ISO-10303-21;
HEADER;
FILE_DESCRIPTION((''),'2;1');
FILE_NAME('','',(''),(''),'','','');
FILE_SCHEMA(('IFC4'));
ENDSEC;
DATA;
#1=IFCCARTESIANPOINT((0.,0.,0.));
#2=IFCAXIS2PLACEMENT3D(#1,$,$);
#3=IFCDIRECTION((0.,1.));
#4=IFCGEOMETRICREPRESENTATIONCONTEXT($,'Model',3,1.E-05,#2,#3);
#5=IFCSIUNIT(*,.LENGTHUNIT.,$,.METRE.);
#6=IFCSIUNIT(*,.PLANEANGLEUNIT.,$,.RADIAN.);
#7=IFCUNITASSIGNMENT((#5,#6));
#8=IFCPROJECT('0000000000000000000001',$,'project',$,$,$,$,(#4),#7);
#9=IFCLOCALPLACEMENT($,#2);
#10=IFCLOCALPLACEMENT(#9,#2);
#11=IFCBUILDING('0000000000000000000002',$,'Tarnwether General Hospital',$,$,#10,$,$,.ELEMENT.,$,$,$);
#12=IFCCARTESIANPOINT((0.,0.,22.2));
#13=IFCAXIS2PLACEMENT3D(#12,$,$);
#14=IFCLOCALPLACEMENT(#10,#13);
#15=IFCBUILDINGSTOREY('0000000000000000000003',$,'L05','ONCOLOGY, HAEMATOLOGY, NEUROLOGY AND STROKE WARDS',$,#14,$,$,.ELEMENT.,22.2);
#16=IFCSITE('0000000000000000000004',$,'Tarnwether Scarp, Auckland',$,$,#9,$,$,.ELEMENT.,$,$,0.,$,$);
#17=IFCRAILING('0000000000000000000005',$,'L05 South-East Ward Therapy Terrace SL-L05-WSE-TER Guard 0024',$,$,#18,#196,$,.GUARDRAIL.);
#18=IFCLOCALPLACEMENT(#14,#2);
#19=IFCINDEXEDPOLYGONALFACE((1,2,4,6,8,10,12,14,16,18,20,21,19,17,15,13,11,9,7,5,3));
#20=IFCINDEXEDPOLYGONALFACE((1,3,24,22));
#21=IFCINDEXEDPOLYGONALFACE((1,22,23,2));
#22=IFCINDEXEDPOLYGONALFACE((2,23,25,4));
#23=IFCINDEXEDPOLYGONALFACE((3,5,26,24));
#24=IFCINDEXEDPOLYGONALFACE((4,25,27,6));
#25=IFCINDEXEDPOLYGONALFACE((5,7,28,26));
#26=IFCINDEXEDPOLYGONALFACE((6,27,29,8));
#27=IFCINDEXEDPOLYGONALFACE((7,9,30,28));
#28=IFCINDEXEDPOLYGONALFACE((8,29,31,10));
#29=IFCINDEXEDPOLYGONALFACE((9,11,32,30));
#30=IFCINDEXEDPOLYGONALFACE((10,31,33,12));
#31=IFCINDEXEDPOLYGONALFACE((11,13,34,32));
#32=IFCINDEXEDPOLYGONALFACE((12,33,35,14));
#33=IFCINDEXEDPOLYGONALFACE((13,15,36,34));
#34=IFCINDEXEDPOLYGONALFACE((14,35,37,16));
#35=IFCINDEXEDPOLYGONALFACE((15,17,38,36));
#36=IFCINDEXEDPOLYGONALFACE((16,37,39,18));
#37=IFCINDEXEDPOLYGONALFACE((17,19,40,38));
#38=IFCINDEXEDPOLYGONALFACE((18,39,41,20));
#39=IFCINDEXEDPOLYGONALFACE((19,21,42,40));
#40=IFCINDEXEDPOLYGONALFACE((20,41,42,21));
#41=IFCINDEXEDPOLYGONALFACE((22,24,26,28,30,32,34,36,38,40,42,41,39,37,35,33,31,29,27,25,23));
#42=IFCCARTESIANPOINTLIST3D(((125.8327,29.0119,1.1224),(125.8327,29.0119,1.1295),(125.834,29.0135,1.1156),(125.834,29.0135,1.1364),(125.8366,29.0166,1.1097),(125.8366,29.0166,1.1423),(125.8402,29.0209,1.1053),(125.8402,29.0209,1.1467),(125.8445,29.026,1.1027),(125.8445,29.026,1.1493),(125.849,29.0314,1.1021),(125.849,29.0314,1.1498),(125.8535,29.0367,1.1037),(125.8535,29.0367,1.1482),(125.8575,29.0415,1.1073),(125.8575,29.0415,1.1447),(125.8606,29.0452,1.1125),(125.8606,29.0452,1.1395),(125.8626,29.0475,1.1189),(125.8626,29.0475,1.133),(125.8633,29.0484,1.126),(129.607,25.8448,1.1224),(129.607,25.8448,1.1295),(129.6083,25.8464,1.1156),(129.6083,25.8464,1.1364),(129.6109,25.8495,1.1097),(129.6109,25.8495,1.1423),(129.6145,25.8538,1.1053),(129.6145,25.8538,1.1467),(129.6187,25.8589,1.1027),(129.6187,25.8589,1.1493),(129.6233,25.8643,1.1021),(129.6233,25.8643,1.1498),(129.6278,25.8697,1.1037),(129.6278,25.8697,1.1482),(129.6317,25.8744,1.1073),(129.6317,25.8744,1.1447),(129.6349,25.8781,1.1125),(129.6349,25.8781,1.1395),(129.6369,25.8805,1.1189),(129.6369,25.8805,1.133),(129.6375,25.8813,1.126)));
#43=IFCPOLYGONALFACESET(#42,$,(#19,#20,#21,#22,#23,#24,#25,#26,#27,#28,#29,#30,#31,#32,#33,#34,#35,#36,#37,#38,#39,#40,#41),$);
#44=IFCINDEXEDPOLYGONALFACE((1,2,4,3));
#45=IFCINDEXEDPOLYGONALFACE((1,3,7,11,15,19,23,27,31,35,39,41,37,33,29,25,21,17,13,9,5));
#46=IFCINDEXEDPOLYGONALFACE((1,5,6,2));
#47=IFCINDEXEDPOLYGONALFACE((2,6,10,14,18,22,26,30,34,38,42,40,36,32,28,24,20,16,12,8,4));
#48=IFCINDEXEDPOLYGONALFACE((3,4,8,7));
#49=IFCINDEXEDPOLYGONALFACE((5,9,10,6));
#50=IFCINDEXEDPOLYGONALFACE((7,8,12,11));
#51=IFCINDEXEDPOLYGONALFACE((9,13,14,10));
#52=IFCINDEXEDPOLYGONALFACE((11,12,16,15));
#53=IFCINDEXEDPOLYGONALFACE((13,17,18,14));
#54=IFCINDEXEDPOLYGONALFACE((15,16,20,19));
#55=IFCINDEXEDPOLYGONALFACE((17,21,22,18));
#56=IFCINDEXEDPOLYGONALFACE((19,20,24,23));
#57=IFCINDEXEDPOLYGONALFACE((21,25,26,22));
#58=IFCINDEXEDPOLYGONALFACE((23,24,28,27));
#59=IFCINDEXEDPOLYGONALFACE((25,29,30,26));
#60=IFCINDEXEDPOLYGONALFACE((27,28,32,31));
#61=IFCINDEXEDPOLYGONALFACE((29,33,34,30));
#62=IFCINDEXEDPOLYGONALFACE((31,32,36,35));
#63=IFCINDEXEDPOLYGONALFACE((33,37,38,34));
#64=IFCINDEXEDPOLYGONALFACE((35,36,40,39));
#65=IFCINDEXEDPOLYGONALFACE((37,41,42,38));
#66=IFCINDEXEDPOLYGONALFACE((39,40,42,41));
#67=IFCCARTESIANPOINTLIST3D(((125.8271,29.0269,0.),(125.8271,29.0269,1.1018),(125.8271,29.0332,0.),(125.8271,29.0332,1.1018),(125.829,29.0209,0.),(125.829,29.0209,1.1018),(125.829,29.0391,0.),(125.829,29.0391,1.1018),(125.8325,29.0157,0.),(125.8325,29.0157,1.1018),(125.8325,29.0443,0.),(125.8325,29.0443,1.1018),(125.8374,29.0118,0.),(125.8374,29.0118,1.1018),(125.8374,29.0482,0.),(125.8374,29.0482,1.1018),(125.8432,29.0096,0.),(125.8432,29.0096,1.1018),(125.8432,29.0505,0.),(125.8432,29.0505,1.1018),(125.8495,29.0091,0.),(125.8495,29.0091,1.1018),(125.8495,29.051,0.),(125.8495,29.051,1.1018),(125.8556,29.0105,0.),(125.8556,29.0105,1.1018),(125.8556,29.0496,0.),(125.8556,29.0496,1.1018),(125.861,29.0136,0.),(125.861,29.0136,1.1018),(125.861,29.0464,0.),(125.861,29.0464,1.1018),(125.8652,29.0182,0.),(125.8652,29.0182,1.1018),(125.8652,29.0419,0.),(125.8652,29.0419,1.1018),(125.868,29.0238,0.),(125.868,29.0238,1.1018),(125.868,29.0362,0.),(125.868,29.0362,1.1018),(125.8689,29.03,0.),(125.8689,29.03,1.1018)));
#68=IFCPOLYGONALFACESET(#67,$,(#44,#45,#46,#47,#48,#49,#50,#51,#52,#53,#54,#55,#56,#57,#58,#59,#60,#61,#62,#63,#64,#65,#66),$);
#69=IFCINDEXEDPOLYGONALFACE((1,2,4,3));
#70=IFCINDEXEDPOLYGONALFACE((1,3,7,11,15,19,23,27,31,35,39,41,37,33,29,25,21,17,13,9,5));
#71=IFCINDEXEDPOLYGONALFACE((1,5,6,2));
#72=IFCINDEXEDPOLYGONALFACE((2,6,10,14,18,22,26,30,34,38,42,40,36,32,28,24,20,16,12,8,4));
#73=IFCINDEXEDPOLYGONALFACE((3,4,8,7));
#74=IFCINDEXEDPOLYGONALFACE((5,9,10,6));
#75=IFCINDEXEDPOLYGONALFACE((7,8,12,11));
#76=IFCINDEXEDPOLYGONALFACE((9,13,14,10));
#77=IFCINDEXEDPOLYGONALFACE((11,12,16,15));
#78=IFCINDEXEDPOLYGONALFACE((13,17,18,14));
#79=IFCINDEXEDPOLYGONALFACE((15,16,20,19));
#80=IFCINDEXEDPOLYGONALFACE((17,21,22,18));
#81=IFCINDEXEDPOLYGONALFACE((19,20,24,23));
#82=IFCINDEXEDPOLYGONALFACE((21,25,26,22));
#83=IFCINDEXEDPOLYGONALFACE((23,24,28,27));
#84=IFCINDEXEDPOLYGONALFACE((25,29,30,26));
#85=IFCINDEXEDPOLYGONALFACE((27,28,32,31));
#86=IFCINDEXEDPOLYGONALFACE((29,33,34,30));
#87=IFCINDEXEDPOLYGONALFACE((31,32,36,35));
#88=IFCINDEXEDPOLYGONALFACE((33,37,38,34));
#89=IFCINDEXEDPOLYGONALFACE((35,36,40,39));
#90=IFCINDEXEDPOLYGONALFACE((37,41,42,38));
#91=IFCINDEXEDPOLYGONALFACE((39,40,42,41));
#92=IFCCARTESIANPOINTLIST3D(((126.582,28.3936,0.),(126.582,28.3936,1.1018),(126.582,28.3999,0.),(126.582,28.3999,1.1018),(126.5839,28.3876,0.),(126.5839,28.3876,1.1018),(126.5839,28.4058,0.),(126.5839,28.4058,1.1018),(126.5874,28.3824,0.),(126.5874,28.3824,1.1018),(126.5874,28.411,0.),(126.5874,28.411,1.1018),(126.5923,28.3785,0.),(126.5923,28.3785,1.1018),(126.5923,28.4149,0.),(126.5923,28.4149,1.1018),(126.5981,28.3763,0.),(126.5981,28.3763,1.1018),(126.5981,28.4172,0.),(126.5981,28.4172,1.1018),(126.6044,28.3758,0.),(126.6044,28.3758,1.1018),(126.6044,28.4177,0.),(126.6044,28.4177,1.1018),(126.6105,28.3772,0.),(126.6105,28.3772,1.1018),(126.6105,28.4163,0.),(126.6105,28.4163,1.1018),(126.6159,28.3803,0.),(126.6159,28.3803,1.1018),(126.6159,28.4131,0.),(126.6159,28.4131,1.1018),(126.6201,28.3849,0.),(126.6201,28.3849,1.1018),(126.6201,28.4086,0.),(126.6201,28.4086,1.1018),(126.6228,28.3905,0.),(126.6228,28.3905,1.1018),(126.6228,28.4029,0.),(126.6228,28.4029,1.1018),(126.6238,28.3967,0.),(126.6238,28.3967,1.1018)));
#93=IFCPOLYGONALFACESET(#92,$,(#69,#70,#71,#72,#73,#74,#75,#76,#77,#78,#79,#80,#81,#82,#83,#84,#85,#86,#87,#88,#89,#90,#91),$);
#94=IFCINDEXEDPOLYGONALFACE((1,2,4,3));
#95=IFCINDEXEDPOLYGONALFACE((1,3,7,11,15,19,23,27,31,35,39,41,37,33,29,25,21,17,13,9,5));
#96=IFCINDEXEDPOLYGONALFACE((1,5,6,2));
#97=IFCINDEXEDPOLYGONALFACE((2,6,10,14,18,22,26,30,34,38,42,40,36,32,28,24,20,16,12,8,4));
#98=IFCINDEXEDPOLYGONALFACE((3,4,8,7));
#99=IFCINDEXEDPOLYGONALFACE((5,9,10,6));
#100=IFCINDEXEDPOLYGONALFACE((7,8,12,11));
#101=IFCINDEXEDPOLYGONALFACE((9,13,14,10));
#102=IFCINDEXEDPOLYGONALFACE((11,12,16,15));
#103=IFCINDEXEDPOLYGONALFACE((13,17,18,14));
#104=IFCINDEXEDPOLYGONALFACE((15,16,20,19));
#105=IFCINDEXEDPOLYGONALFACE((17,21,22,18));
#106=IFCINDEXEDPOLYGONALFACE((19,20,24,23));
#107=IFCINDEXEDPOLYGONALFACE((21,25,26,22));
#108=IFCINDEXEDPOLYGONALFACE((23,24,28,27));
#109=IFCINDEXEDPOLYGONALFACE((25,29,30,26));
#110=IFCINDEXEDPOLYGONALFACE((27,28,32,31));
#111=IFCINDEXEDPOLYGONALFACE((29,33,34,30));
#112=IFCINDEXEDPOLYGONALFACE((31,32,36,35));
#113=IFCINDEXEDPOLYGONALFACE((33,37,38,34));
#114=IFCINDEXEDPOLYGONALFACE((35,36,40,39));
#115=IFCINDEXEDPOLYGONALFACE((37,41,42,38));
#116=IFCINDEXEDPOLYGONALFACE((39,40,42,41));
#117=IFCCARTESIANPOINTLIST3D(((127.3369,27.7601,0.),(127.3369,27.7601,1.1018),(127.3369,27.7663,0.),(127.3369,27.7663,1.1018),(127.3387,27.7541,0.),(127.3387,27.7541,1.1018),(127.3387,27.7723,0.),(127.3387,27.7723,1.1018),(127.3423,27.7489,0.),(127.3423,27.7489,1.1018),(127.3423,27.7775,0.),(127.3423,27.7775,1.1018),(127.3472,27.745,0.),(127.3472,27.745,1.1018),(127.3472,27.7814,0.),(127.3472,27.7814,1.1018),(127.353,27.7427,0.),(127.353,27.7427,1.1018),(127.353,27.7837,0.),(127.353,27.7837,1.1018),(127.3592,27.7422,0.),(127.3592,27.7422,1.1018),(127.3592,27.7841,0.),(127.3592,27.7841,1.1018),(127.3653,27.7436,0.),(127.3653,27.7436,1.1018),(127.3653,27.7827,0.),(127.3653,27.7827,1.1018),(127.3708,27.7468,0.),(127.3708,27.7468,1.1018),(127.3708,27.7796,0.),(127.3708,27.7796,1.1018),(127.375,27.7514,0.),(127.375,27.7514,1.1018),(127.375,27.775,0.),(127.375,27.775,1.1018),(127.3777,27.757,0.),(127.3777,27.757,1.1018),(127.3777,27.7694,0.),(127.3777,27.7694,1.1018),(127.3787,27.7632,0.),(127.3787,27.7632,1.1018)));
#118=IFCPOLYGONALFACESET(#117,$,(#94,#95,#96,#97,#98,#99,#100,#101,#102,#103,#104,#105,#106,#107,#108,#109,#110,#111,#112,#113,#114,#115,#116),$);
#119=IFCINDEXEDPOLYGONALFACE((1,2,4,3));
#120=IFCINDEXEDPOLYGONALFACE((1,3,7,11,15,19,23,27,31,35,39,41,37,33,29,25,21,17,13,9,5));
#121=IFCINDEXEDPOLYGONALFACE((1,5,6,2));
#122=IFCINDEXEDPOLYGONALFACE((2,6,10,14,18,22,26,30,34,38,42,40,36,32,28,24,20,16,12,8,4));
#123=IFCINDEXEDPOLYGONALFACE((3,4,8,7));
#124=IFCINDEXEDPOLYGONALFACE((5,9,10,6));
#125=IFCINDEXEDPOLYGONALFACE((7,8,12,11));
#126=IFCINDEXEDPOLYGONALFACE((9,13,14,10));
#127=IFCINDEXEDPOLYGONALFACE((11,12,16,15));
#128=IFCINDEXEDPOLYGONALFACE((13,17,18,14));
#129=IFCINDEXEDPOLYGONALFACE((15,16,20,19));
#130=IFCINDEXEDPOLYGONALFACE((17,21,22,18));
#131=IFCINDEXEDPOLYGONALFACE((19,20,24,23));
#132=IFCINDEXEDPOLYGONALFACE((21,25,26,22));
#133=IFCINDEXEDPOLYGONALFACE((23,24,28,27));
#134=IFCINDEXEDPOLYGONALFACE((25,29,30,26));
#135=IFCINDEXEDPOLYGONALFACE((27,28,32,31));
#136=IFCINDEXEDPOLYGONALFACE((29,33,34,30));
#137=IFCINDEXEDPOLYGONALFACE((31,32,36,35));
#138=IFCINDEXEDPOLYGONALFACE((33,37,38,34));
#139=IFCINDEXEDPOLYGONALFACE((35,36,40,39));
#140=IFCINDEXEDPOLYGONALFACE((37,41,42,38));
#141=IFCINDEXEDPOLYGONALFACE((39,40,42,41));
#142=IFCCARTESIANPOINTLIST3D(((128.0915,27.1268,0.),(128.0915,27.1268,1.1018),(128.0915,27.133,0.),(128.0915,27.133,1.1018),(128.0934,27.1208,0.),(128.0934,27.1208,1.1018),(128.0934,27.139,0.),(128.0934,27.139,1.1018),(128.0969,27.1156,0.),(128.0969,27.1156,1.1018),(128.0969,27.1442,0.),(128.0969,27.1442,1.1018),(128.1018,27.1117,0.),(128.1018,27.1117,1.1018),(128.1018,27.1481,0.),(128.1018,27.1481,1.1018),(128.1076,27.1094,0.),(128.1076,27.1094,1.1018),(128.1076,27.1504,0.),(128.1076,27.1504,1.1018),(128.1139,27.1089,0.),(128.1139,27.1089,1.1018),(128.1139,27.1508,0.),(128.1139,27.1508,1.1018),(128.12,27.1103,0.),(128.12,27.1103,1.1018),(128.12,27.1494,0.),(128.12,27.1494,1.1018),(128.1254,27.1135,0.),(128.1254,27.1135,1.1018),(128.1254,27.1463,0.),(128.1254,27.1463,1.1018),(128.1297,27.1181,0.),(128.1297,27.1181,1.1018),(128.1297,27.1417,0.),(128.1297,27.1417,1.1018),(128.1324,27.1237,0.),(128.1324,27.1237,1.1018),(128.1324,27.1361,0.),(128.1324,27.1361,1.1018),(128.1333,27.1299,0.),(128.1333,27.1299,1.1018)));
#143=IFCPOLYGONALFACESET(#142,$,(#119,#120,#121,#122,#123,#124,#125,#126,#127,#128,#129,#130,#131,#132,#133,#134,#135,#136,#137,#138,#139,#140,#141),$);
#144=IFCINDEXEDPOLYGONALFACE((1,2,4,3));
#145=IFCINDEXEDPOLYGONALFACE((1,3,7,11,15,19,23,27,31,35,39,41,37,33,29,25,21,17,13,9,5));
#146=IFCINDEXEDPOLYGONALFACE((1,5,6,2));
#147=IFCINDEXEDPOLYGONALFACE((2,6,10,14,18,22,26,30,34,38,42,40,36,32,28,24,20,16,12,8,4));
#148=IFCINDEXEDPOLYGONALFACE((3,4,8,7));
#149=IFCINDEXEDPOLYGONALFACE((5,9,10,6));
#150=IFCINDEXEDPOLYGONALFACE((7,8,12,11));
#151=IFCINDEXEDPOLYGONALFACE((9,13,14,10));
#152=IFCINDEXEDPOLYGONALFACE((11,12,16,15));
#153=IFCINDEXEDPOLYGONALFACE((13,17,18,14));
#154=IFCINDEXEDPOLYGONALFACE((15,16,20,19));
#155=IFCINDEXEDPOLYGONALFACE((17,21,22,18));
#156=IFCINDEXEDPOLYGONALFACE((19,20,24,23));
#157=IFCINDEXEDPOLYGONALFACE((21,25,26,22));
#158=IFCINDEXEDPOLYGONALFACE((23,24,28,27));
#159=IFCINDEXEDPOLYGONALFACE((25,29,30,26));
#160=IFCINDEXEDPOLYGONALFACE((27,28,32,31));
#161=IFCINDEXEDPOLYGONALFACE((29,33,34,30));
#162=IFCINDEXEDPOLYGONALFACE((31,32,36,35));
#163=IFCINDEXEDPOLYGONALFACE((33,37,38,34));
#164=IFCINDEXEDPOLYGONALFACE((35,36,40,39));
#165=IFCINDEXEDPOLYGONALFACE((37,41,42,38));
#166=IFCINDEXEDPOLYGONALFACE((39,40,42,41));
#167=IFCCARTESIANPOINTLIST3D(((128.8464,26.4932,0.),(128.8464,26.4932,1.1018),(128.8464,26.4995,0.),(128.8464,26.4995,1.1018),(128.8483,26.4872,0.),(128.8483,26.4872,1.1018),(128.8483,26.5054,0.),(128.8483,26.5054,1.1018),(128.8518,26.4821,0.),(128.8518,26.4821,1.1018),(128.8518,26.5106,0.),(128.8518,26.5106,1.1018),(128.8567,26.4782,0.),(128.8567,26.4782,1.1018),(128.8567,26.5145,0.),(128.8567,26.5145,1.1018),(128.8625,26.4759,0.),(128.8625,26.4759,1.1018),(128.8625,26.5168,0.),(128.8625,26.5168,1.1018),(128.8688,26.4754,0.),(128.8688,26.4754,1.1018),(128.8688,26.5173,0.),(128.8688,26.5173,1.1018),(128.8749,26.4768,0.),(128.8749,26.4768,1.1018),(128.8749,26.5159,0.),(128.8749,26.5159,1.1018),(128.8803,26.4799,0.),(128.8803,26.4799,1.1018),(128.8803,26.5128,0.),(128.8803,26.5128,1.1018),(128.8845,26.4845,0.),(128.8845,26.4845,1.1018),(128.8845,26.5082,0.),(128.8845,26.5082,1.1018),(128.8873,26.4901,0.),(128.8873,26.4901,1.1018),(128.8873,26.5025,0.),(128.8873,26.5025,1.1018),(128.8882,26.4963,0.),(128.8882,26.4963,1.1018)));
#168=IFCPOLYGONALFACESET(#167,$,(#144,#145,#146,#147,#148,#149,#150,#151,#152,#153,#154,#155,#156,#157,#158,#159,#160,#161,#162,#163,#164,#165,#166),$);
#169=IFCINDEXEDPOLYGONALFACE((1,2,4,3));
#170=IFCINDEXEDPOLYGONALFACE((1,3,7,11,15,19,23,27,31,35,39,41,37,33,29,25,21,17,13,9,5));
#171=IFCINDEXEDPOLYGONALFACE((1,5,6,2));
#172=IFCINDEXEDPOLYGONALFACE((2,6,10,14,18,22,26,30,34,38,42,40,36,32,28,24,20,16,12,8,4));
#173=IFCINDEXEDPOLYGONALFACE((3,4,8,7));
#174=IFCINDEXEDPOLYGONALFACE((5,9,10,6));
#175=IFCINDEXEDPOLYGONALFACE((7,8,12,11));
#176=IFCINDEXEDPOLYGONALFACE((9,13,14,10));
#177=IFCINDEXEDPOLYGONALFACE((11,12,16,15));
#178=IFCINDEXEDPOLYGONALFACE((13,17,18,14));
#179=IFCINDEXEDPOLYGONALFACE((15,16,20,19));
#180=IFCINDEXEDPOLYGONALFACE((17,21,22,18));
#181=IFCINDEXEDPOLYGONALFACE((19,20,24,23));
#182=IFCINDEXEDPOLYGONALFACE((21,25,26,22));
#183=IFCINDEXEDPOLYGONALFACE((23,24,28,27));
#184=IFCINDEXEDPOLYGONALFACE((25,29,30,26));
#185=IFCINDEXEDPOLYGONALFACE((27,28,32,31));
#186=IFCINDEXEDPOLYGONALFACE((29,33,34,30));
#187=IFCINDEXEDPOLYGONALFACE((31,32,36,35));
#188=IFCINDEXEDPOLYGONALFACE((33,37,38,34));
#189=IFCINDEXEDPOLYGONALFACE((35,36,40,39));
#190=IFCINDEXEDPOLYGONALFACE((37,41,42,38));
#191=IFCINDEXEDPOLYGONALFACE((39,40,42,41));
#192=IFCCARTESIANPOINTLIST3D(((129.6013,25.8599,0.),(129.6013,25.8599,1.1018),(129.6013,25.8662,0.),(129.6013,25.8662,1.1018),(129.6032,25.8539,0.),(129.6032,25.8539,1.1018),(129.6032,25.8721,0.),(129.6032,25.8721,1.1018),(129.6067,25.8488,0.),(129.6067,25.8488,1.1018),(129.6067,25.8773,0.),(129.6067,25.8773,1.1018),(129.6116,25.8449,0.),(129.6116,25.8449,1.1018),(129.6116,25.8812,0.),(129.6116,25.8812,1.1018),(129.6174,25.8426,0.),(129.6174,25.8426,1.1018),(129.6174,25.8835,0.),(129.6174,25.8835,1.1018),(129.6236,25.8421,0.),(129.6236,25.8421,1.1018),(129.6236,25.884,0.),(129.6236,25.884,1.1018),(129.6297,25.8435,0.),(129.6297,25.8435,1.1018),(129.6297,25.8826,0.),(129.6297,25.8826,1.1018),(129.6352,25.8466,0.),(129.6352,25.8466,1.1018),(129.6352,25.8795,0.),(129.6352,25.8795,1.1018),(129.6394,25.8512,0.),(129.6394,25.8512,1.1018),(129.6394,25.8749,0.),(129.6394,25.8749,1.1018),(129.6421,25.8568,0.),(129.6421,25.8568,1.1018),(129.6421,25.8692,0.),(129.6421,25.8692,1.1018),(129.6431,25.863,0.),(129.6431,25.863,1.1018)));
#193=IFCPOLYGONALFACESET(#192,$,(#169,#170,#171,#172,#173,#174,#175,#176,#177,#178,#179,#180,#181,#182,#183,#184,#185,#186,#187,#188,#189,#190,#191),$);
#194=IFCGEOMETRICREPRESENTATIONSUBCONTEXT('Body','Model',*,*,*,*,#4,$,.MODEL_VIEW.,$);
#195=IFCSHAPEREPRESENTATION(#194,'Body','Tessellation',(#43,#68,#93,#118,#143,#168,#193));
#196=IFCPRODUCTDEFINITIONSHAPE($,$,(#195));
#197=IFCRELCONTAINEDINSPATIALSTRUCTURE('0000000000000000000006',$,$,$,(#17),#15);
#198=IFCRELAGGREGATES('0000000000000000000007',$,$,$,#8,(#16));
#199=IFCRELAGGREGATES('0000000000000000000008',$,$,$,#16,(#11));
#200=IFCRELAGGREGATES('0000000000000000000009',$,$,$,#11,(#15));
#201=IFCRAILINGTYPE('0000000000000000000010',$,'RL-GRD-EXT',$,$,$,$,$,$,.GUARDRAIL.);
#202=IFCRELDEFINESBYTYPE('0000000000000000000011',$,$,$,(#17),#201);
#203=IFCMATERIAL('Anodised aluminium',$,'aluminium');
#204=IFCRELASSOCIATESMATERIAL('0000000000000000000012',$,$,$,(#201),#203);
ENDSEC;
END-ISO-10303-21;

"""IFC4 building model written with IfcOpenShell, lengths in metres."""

from ifc_helpers import new_model, si_unit, direction, frame, origin, origin_2d, place, context, subcontext, project, spatial, circle, extrude, material, type_object, element, save


model = new_model("IFC4")

# Units and contexts
model_context = context("Model", 3, precision=1e-05, world=origin(), true_north=direction((0.0, 1.0)))
body_context = subcontext(model_context, "Body", "Model", "MODEL_VIEW")
ifc_project = project(units=[si_unit("LENGTHUNIT", "METRE"), si_unit("PLANEANGLEUNIT", "RADIAN")], contexts=[model_context])

# Site, building, storey
site_placement = place(None, origin())
site = spatial("IfcSite", under=ifc_project, at=site_placement, Name="Tarnwether Scarp, Auckland", CompositionType="ELEMENT", RefElevation=0.0)
building_placement = place(site_placement, origin())
building = spatial("IfcBuilding", under=site, at=building_placement, Name="Tarnwether General Hospital", CompositionType="ELEMENT")
storey_placement = place(building_placement, frame((0.0, 0.0, 22.2)))
storey = spatial("IfcBuildingStorey", under=building, at=storey_placement, Name="L05", Description="ONCOLOGY, HAEMATOLOGY, NEUROLOGY AND STROKE WARDS", CompositionType="ELEMENT", Elevation=22.2)

# Railing
ifc_material_1 = material(Name="Anodised aluminium", Category="aluminium")
railing_type = type_object("IfcRailingType", Name="RL-GRD-EXT", PredefinedType="GUARDRAIL", material=ifc_material_1)
railing_1_placement = place(storey_placement, frame((125.8479, 29.03, 0.0)))
element("IfcRailing", 1, at=railing_1_placement, inside=storey, type_object=railing_type, Name="L05 South-East Ward Therapy Terrace SL-L05-WSE-TER Guard 0024", PredefinedType="GUARDRAIL", context=body_context, shape_type="SweptSolid", body=[
    extrude(circle(Radius=0.0239, at=origin_2d()), frame((0.0, 0.0, 1.126), z_axis=(0.766036, -0.642798, 0.0), x_axis=(0.642798, 0.766036, 0.0)), (0.0, 0.0, 1.0), 4.927),
    extrude(circle(Radius=0.021, at=origin_2d()), origin(), (0.0, 0.0, 1.0), 1.1018),
    extrude(circle(Radius=0.021, at=origin_2d()), frame((0.7549, -0.6333, 0.0)), (0.0, 0.0, 1.0), 1.1018),
    extrude(circle(Radius=0.021, at=origin_2d()), frame((1.5098, -1.2668, 0.0)), (0.0, 0.0, 1.0), 1.1018),
    extrude(circle(Radius=0.021, at=origin_2d()), frame((2.2644, -1.9001, 0.0)), (0.0, 0.0, 1.0), 1.1018),
    extrude(circle(Radius=0.021, at=origin_2d()), frame((3.0193, -2.5337, 0.0)), (0.0, 0.0, 1.0), 1.1018),
    extrude(circle(Radius=0.021, at=origin_2d()), frame((3.7742, -3.167, 0.0)), (0.0, 0.0, 1.0), 1.1018),
])

save(model, "model.ifc")
